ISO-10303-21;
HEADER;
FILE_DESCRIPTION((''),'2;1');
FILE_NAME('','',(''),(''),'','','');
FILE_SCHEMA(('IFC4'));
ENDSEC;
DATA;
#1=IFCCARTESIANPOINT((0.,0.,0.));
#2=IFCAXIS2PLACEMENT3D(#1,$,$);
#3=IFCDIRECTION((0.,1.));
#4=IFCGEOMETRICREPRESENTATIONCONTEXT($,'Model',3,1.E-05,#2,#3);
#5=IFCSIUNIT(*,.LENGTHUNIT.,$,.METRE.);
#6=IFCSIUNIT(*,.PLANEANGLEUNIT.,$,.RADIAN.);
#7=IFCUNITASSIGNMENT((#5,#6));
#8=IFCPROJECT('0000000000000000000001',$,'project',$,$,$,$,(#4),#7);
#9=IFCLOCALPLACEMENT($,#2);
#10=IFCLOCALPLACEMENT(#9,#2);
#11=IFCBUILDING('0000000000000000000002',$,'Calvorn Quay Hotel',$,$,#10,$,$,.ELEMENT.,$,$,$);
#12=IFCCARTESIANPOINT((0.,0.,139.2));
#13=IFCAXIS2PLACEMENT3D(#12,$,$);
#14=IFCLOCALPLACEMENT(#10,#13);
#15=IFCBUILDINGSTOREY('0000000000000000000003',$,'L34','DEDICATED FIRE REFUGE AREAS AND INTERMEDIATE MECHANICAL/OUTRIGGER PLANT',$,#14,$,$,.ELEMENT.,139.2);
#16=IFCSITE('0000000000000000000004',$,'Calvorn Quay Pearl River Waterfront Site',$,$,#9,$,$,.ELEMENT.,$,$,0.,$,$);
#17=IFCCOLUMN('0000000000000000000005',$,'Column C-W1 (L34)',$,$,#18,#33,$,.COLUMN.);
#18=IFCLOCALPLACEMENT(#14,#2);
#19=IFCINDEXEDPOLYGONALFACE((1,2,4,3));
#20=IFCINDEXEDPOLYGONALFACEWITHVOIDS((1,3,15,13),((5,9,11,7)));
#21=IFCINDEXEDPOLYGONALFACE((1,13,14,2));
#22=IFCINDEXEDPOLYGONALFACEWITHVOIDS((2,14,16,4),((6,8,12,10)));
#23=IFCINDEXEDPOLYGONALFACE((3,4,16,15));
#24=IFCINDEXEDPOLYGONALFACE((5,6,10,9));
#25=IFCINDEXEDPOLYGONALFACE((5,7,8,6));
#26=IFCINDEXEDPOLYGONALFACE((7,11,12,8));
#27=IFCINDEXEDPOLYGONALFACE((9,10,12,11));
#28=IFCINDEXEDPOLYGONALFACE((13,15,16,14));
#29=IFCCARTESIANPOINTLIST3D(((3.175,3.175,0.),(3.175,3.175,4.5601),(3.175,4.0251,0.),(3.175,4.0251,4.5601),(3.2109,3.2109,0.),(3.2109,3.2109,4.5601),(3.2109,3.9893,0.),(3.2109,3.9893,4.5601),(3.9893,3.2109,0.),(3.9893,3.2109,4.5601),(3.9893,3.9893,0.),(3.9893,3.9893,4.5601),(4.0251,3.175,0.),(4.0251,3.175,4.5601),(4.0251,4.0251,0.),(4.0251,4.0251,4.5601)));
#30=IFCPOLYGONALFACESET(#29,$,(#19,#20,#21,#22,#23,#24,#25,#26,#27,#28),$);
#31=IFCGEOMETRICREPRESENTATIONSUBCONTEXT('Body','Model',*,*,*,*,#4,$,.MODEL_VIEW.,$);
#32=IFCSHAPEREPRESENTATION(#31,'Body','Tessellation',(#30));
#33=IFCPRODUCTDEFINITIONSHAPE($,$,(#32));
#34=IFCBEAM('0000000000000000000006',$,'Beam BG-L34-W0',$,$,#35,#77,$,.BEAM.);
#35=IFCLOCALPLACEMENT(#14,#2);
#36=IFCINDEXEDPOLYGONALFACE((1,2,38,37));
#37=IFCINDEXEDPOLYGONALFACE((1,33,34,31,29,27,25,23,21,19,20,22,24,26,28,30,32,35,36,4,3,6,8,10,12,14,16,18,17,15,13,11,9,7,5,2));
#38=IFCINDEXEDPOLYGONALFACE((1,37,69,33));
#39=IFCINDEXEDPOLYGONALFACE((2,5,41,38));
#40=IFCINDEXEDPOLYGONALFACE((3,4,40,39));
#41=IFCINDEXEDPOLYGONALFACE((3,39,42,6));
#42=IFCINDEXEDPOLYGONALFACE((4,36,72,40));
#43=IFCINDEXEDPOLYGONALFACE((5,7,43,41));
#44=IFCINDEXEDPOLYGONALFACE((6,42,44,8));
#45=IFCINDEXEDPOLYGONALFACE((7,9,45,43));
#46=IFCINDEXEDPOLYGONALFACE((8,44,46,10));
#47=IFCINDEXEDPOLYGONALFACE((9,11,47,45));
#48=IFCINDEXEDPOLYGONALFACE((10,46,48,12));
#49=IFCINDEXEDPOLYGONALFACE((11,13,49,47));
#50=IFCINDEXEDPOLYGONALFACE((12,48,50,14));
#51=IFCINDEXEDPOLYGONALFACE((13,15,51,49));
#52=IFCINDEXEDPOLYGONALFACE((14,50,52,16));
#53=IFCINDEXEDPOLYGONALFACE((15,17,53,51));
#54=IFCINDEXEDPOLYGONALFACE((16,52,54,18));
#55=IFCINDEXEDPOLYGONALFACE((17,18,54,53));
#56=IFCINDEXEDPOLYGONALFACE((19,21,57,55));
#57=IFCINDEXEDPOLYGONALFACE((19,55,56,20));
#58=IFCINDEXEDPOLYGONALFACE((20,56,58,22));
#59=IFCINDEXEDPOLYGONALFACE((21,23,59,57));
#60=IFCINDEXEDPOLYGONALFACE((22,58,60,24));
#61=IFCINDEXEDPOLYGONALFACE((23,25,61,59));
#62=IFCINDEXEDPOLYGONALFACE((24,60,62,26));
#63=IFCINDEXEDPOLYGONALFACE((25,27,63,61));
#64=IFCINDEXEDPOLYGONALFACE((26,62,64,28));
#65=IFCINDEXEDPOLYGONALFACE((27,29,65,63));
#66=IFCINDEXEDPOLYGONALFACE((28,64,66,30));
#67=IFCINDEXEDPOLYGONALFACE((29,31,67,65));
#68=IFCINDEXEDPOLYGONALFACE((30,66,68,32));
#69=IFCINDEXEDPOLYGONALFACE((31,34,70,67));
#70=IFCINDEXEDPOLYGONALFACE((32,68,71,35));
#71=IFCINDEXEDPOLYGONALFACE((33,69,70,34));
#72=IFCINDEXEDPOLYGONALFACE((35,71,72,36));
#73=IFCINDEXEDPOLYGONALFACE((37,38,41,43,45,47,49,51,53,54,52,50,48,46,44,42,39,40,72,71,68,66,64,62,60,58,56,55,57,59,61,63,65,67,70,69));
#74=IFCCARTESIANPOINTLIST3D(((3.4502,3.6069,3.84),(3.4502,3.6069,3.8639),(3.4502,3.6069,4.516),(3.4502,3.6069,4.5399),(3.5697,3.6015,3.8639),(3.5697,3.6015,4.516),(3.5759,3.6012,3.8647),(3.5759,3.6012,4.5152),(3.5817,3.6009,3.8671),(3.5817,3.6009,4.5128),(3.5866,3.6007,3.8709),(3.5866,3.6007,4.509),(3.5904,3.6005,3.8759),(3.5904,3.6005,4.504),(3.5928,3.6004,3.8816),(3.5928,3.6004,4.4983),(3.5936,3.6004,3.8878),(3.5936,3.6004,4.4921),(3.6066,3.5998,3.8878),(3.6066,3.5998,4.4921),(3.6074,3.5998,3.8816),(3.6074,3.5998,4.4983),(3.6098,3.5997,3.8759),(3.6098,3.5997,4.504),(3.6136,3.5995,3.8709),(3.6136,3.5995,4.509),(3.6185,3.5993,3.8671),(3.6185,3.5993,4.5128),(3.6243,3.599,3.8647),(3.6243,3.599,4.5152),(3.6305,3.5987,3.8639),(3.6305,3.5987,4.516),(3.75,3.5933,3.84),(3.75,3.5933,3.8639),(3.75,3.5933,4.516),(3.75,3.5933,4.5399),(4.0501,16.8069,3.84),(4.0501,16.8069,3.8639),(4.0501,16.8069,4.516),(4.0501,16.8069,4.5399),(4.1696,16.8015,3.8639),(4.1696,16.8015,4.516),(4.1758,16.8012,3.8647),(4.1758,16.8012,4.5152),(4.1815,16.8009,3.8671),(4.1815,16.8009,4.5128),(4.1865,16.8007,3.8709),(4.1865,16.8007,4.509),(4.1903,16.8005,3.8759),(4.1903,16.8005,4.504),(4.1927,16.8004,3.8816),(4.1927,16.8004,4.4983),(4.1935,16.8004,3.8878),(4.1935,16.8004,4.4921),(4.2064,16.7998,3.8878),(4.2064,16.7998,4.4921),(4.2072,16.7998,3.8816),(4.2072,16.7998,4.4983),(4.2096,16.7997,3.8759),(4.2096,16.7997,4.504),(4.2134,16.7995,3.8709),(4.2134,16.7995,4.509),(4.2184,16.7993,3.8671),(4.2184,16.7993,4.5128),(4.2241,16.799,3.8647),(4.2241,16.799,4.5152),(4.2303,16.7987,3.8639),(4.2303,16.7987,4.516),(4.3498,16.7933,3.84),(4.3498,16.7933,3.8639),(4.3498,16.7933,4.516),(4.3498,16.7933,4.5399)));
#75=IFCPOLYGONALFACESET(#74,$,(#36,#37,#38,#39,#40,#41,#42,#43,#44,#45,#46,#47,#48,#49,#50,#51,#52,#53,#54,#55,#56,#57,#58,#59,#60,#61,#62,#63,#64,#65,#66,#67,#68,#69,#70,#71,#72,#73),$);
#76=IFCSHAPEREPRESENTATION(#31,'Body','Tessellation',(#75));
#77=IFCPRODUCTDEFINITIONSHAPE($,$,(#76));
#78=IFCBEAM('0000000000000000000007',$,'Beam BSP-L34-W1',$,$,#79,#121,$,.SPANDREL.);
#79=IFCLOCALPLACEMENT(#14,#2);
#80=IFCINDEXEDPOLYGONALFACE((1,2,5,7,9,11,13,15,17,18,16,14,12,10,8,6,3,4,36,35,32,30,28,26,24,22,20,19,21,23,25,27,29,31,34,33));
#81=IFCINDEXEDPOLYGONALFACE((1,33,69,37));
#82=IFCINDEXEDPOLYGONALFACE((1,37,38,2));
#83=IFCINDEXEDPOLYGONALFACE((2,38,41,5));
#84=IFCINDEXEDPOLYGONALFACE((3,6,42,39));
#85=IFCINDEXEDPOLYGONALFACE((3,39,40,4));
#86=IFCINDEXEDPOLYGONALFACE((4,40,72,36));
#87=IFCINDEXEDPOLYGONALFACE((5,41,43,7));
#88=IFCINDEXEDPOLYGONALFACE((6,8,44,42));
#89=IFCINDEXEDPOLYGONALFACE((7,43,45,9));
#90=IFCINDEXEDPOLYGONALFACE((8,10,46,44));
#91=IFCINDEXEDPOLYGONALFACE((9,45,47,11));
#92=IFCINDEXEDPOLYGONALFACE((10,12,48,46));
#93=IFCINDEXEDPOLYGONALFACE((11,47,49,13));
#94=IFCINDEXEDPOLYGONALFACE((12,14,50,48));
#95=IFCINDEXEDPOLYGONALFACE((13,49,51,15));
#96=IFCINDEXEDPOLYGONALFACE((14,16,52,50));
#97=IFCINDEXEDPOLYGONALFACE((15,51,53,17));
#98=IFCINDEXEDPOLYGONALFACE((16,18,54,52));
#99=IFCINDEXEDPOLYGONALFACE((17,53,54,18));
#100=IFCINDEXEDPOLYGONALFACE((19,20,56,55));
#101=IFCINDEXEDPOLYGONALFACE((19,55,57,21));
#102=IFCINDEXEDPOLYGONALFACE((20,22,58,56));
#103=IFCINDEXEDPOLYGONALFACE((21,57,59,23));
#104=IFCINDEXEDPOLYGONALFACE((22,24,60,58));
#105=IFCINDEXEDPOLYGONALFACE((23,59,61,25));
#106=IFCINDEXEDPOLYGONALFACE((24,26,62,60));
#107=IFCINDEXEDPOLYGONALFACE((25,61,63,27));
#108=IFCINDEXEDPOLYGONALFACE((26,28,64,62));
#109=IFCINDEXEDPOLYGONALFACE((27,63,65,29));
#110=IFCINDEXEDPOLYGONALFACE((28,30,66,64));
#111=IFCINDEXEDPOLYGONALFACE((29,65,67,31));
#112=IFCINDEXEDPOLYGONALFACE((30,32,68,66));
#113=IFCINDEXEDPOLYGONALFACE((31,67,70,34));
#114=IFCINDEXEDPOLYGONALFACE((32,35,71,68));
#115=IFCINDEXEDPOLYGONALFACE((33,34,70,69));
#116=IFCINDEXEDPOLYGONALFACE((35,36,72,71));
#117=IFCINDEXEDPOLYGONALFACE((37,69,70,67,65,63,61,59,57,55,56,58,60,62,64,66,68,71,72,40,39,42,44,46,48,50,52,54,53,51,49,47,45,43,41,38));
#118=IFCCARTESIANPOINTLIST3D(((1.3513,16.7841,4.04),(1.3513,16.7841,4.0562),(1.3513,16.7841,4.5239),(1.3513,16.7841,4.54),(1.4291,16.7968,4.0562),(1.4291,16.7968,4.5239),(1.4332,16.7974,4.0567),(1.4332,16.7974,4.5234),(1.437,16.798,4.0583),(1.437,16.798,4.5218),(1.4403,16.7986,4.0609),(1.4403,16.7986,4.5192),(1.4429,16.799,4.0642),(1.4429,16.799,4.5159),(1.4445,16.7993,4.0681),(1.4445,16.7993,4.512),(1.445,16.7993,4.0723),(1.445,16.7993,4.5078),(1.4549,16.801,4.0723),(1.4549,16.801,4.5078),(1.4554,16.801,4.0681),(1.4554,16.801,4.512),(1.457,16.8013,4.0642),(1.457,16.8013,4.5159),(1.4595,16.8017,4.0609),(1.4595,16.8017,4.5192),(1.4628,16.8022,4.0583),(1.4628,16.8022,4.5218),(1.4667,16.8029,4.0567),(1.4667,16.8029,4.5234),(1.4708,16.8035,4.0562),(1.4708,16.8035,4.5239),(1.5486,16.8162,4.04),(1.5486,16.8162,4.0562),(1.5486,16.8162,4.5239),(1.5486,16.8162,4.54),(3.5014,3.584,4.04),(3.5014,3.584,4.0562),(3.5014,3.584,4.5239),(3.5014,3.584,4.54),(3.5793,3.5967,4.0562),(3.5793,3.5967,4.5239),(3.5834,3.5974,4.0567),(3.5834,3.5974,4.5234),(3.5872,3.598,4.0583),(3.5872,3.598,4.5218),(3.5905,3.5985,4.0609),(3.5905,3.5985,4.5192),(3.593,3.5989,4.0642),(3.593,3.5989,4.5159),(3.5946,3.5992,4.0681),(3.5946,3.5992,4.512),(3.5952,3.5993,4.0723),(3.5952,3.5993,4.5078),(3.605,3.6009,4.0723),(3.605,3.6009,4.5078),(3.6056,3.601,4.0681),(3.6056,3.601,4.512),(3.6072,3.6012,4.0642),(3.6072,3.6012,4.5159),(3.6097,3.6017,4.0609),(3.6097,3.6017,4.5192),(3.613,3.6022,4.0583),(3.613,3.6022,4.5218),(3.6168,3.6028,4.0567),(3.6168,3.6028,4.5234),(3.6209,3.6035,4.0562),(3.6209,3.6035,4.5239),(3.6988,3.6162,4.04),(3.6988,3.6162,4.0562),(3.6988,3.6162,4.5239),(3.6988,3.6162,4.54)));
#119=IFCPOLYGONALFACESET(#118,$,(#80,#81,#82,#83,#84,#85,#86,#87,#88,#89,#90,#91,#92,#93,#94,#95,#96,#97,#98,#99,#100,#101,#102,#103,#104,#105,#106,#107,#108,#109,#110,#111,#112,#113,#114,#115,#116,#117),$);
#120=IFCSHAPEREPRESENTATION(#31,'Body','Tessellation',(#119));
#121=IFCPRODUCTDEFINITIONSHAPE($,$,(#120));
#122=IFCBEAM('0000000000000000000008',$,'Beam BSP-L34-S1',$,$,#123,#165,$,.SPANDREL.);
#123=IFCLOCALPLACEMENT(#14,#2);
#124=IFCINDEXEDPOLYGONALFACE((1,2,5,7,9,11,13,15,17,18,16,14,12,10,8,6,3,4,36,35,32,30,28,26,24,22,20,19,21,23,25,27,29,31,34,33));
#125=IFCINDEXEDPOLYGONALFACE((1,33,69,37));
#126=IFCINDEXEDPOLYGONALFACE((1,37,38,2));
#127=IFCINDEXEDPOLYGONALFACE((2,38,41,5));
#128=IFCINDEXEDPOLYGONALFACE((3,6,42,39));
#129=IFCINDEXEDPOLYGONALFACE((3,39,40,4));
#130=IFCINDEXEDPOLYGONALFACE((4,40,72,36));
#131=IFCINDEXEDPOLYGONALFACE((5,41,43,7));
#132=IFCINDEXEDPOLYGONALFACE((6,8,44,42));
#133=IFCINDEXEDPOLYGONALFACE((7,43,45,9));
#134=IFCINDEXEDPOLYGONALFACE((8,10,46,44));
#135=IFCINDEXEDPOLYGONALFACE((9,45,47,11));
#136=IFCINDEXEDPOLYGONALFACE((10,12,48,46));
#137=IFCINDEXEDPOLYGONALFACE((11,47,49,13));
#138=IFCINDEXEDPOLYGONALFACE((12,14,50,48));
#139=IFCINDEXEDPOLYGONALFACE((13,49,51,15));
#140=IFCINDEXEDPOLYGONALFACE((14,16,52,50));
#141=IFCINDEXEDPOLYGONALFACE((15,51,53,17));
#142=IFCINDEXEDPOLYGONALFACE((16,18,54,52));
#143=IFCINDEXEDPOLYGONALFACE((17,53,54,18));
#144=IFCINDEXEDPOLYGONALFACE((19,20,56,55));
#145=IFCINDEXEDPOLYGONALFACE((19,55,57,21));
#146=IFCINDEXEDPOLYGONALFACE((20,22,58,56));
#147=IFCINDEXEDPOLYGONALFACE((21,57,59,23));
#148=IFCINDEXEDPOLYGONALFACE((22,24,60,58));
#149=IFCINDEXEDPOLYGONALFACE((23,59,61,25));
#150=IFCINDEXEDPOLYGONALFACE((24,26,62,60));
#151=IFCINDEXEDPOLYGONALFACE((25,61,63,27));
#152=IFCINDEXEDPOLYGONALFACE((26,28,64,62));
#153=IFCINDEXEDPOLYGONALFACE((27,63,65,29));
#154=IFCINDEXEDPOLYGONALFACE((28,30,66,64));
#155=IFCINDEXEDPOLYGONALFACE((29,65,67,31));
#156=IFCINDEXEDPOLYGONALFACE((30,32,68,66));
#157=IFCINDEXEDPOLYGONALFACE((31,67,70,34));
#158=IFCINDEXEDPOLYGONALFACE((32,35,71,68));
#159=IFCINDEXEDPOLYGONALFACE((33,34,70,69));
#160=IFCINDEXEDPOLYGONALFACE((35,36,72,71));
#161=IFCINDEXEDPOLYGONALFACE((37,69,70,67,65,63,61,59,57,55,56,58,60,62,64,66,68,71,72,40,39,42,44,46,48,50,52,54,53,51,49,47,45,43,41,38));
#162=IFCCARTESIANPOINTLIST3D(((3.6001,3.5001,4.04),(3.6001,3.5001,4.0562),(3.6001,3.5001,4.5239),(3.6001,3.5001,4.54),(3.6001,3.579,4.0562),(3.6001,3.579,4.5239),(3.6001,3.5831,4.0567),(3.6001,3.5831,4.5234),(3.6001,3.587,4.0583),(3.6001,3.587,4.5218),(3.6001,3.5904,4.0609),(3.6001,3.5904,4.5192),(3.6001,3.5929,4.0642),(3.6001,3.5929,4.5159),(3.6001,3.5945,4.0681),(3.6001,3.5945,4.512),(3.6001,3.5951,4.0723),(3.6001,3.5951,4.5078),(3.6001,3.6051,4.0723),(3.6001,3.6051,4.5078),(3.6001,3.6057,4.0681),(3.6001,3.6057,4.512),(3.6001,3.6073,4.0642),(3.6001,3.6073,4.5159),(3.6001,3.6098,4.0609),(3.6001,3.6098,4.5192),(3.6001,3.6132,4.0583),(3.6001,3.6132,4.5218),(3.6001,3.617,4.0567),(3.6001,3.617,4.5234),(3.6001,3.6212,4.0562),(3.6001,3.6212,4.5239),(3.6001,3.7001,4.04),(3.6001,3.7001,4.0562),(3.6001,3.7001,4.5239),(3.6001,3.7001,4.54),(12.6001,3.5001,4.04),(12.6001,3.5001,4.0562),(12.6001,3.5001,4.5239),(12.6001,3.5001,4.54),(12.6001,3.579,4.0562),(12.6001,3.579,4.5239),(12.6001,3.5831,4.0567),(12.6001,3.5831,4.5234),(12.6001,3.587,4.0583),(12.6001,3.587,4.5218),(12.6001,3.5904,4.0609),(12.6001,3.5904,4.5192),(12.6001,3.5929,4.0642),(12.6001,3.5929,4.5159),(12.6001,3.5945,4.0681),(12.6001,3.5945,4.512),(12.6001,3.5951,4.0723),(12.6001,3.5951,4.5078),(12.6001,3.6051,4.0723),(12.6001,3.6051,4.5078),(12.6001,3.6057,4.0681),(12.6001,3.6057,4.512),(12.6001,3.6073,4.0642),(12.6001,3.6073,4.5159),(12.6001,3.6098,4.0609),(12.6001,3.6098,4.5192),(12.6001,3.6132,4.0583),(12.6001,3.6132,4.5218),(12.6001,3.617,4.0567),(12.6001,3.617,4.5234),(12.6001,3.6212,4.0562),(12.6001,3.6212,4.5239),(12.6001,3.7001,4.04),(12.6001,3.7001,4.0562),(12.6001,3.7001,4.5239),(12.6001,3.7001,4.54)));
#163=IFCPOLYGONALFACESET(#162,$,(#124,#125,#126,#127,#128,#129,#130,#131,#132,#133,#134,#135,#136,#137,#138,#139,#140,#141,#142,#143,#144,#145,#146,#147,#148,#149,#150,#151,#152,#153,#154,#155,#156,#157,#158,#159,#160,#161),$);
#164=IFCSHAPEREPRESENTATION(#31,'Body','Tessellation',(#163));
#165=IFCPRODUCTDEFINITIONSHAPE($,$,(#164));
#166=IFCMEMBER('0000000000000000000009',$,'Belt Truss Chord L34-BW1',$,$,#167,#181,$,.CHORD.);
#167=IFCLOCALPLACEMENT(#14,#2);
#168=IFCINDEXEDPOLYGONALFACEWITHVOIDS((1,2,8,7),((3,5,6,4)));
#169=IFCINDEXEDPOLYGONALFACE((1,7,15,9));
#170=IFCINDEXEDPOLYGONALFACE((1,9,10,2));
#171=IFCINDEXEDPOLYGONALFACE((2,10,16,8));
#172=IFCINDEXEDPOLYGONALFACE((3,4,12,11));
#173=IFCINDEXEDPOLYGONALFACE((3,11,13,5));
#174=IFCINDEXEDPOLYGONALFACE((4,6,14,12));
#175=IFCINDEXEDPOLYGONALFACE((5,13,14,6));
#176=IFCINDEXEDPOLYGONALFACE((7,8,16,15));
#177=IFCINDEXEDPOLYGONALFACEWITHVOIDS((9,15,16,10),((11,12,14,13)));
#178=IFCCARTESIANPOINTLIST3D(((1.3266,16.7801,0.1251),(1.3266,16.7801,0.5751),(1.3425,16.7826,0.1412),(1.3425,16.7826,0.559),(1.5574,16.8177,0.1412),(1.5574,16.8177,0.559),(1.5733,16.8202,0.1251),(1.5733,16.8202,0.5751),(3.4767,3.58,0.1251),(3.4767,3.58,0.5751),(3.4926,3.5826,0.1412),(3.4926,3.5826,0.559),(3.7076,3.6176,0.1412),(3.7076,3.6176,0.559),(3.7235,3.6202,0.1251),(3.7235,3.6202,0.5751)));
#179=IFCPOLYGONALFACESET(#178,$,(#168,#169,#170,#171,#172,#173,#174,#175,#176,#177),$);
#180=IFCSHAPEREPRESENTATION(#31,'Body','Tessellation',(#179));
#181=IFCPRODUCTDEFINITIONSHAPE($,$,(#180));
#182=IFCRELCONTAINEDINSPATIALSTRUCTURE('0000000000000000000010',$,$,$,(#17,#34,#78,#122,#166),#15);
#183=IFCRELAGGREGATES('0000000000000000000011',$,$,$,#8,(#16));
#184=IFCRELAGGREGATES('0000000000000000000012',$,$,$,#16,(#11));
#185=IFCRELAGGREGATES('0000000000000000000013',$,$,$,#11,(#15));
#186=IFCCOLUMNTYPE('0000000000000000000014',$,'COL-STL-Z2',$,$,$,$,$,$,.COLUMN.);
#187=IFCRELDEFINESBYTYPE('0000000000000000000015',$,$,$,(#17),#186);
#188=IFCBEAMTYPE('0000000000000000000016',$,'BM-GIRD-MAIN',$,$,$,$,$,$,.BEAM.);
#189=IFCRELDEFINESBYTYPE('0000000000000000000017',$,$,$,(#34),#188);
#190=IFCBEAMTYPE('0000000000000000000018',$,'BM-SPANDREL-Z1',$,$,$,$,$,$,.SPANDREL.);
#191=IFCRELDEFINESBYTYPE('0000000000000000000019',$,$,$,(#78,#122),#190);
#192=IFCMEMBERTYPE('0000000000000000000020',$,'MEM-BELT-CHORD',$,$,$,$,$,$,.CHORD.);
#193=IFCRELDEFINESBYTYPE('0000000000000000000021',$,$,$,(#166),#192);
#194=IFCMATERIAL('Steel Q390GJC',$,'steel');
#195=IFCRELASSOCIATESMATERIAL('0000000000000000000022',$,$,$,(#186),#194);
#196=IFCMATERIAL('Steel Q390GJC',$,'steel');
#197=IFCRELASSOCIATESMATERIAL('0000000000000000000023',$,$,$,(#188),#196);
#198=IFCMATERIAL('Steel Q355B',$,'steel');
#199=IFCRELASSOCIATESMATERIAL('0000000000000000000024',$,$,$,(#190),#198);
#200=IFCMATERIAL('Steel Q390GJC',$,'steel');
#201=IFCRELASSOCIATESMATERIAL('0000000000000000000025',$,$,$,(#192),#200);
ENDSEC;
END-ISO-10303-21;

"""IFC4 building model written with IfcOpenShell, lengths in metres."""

from ifc_helpers import new_model, si_unit, direction, frame, origin, origin_2d, place, context, subcontext, project, spatial, hollow_rectangle, i_section, extrude, material, material_profile, profile_set, type_object, element, save


model = new_model("IFC4")

# Units and contexts
model_context = context("Model", 3, precision=1e-05, world=origin(), true_north=direction((0.0, 1.0)))
body_context = subcontext(model_context, "Body", "Model", "MODEL_VIEW")
ifc_project = project(units=[si_unit("LENGTHUNIT", "METRE"), si_unit("PLANEANGLEUNIT", "RADIAN")], contexts=[model_context])

# Site, building, storey
site_placement = place(None, origin())
site = spatial("IfcSite", under=ifc_project, at=site_placement, Name="Calvorn Quay Pearl River Waterfront Site", CompositionType="ELEMENT", RefElevation=0.0)
building_placement = place(site_placement, origin())
building = spatial("IfcBuilding", under=site, at=building_placement, Name="Calvorn Quay Hotel", CompositionType="ELEMENT")
storey_placement = place(building_placement, frame((0.0, 0.0, 139.2)))
storey = spatial("IfcBuildingStorey", under=building, at=storey_placement, Name="L34", Description="DEDICATED FIRE REFUGE AREAS AND INTERMEDIATE MECHANICAL/OUTRIGGER PLANT", CompositionType="ELEMENT", Elevation=139.2)

# Column
ifc_material_1 = material(Name="Steel Q390GJC", Category="steel")
ifc_material_profile_1 = material_profile(ifc_material_1, hollow_rectangle(XDim=0.8501, YDim=0.8501, WallThickness=0.0359, at=origin_2d()), Name="BOX850x850x36")
ifc_profile_set_1 = profile_set([ifc_material_profile_1], Name="Steel Q390GJC")
column_type = type_object("IfcColumnType", Name="COL-STL-Z2", PredefinedType="COLUMN", material=ifc_profile_set_1)
column_placement = place(storey_placement, frame((3.6001, 3.6001, 0.0), z_axis=(0.0, 0.0, 1.0), x_axis=(1.0, 0.0, 0.0)))
element("IfcColumn", 1, at=column_placement, inside=storey, type_object=column_type, Name="Column C-W1 (L34)", PredefinedType="COLUMN", context=body_context, shape_type="SweptSolid", body=[
    extrude(hollow_rectangle(XDim=0.8501, YDim=0.8501, WallThickness=0.0359, at=origin_2d()), origin(), (0.0, 0.0, 1.0), 4.5601),
])

# Beams
ifc_material_2 = material(Name="Steel Q390GJC", Category="steel")
ifc_material_profile_2 = material_profile(ifc_material_2, i_section(OverallWidth=0.3, OverallDepth=0.7, WebThickness=0.0129, FlangeThickness=0.0239, FilletRadius=0.0239, at=origin_2d()), Name="HN700x300x13x24")
ifc_profile_set_2 = profile_set([ifc_material_profile_2], Name="Steel Q390GJC")
beam_type_1 = type_object("IfcBeamType", Name="BM-GIRD-MAIN", PredefinedType="BEAM", material=ifc_profile_set_2)
beam_1_placement = place(storey_placement, frame((3.6001, 3.6001, 4.1899), z_axis=(0.045397, 0.998969, 0.0), x_axis=(-0.998969, 0.045397, 0.0)))
element("IfcBeam", 2, at=beam_1_placement, inside=storey, type_object=beam_type_1, Name="Beam BG-L34-W0", PredefinedType="BEAM", context=body_context, shape_type="SweptSolid", body=[
    extrude(i_section(OverallWidth=0.3, OverallDepth=0.7, WebThickness=0.0129, FlangeThickness=0.0239, FilletRadius=0.0239, at=origin_2d()), origin(), (0.0, 0.0, 1.0), 13.2136),
])
ifc_material_3 = material(Name="Steel Q355B", Category="steel")
ifc_material_profile_3 = material_profile(ifc_material_3, i_section(OverallWidth=0.2, OverallDepth=0.5, WebThickness=0.01, FlangeThickness=0.0161, FilletRadius=0.0161, at=origin_2d()), Name="HN500x200x10x16")
ifc_profile_set_3 = profile_set([ifc_material_profile_3], Name="Steel Q355B")
beam_type_2 = type_object("IfcBeamType", Name="BM-SPANDREL-Z1", PredefinedType="SPANDREL", material=ifc_profile_set_3)
beam_2_placement = place(storey_placement, frame((3.6001, 3.6001, 4.29), z_axis=(-0.160772, 0.986992, 0.0), x_axis=(-0.986992, -0.160772, 0.0)))
element("IfcBeam", 3, at=beam_2_placement, inside=storey, type_object=beam_type_2, Name="Beam BSP-L34-W1", PredefinedType="SPANDREL", context=body_context, shape_type="SweptSolid", body=[
    extrude(i_section(OverallWidth=0.2, OverallDepth=0.5, WebThickness=0.01, FlangeThickness=0.0161, FilletRadius=0.0161, at=origin_2d()), origin(), (0.0, 0.0, 1.0), 13.374),
])
beam_3_placement = place(storey_placement, frame((3.6001, 3.6001, 4.29), z_axis=(1.0, 0.0, 0.0), x_axis=(0.0, 1.0, 0.0)))
element("IfcBeam", 4, at=beam_3_placement, inside=storey, type_object=beam_type_2, Name="Beam BSP-L34-S1", PredefinedType="SPANDREL", context=body_context, shape_type="SweptSolid", body=[
    extrude(i_section(OverallWidth=0.2, OverallDepth=0.5, WebThickness=0.01, FlangeThickness=0.0161, FilletRadius=0.0161, at=origin_2d()), origin(), (0.0, 0.0, 1.0), 9.0),
])

# Member
ifc_material_4 = material(Name="Steel Q390GJC", Category="steel")
ifc_material_profile_4 = material_profile(ifc_material_4, hollow_rectangle(XDim=0.25, YDim=0.45, WallThickness=0.0161, at=origin_2d()), Name="RHS450x250x16")
ifc_profile_set_4 = profile_set([ifc_material_profile_4], Name="Steel Q390GJC")
member_type_1 = type_object("IfcMemberType", Name="MEM-BELT-CHORD", PredefinedType="CHORD", material=ifc_profile_set_4)
member_1_placement = place(storey_placement, frame((3.6001, 3.6001, 0.3501), z_axis=(-0.160772, 0.986992, 0.0), x_axis=(-0.986992, -0.160772, 0.0)))
element("IfcMember", 5, at=member_1_placement, inside=storey, type_object=member_type_1, Name="Belt Truss Chord L34-BW1", PredefinedType="CHORD", context=body_context, shape_type="SweptSolid", body=[
    extrude(hollow_rectangle(XDim=0.25, YDim=0.45, WallThickness=0.0161, at=origin_2d()), origin(), (0.0, 0.0, 1.0), 13.374),
])

save(model, "model.ifc")
